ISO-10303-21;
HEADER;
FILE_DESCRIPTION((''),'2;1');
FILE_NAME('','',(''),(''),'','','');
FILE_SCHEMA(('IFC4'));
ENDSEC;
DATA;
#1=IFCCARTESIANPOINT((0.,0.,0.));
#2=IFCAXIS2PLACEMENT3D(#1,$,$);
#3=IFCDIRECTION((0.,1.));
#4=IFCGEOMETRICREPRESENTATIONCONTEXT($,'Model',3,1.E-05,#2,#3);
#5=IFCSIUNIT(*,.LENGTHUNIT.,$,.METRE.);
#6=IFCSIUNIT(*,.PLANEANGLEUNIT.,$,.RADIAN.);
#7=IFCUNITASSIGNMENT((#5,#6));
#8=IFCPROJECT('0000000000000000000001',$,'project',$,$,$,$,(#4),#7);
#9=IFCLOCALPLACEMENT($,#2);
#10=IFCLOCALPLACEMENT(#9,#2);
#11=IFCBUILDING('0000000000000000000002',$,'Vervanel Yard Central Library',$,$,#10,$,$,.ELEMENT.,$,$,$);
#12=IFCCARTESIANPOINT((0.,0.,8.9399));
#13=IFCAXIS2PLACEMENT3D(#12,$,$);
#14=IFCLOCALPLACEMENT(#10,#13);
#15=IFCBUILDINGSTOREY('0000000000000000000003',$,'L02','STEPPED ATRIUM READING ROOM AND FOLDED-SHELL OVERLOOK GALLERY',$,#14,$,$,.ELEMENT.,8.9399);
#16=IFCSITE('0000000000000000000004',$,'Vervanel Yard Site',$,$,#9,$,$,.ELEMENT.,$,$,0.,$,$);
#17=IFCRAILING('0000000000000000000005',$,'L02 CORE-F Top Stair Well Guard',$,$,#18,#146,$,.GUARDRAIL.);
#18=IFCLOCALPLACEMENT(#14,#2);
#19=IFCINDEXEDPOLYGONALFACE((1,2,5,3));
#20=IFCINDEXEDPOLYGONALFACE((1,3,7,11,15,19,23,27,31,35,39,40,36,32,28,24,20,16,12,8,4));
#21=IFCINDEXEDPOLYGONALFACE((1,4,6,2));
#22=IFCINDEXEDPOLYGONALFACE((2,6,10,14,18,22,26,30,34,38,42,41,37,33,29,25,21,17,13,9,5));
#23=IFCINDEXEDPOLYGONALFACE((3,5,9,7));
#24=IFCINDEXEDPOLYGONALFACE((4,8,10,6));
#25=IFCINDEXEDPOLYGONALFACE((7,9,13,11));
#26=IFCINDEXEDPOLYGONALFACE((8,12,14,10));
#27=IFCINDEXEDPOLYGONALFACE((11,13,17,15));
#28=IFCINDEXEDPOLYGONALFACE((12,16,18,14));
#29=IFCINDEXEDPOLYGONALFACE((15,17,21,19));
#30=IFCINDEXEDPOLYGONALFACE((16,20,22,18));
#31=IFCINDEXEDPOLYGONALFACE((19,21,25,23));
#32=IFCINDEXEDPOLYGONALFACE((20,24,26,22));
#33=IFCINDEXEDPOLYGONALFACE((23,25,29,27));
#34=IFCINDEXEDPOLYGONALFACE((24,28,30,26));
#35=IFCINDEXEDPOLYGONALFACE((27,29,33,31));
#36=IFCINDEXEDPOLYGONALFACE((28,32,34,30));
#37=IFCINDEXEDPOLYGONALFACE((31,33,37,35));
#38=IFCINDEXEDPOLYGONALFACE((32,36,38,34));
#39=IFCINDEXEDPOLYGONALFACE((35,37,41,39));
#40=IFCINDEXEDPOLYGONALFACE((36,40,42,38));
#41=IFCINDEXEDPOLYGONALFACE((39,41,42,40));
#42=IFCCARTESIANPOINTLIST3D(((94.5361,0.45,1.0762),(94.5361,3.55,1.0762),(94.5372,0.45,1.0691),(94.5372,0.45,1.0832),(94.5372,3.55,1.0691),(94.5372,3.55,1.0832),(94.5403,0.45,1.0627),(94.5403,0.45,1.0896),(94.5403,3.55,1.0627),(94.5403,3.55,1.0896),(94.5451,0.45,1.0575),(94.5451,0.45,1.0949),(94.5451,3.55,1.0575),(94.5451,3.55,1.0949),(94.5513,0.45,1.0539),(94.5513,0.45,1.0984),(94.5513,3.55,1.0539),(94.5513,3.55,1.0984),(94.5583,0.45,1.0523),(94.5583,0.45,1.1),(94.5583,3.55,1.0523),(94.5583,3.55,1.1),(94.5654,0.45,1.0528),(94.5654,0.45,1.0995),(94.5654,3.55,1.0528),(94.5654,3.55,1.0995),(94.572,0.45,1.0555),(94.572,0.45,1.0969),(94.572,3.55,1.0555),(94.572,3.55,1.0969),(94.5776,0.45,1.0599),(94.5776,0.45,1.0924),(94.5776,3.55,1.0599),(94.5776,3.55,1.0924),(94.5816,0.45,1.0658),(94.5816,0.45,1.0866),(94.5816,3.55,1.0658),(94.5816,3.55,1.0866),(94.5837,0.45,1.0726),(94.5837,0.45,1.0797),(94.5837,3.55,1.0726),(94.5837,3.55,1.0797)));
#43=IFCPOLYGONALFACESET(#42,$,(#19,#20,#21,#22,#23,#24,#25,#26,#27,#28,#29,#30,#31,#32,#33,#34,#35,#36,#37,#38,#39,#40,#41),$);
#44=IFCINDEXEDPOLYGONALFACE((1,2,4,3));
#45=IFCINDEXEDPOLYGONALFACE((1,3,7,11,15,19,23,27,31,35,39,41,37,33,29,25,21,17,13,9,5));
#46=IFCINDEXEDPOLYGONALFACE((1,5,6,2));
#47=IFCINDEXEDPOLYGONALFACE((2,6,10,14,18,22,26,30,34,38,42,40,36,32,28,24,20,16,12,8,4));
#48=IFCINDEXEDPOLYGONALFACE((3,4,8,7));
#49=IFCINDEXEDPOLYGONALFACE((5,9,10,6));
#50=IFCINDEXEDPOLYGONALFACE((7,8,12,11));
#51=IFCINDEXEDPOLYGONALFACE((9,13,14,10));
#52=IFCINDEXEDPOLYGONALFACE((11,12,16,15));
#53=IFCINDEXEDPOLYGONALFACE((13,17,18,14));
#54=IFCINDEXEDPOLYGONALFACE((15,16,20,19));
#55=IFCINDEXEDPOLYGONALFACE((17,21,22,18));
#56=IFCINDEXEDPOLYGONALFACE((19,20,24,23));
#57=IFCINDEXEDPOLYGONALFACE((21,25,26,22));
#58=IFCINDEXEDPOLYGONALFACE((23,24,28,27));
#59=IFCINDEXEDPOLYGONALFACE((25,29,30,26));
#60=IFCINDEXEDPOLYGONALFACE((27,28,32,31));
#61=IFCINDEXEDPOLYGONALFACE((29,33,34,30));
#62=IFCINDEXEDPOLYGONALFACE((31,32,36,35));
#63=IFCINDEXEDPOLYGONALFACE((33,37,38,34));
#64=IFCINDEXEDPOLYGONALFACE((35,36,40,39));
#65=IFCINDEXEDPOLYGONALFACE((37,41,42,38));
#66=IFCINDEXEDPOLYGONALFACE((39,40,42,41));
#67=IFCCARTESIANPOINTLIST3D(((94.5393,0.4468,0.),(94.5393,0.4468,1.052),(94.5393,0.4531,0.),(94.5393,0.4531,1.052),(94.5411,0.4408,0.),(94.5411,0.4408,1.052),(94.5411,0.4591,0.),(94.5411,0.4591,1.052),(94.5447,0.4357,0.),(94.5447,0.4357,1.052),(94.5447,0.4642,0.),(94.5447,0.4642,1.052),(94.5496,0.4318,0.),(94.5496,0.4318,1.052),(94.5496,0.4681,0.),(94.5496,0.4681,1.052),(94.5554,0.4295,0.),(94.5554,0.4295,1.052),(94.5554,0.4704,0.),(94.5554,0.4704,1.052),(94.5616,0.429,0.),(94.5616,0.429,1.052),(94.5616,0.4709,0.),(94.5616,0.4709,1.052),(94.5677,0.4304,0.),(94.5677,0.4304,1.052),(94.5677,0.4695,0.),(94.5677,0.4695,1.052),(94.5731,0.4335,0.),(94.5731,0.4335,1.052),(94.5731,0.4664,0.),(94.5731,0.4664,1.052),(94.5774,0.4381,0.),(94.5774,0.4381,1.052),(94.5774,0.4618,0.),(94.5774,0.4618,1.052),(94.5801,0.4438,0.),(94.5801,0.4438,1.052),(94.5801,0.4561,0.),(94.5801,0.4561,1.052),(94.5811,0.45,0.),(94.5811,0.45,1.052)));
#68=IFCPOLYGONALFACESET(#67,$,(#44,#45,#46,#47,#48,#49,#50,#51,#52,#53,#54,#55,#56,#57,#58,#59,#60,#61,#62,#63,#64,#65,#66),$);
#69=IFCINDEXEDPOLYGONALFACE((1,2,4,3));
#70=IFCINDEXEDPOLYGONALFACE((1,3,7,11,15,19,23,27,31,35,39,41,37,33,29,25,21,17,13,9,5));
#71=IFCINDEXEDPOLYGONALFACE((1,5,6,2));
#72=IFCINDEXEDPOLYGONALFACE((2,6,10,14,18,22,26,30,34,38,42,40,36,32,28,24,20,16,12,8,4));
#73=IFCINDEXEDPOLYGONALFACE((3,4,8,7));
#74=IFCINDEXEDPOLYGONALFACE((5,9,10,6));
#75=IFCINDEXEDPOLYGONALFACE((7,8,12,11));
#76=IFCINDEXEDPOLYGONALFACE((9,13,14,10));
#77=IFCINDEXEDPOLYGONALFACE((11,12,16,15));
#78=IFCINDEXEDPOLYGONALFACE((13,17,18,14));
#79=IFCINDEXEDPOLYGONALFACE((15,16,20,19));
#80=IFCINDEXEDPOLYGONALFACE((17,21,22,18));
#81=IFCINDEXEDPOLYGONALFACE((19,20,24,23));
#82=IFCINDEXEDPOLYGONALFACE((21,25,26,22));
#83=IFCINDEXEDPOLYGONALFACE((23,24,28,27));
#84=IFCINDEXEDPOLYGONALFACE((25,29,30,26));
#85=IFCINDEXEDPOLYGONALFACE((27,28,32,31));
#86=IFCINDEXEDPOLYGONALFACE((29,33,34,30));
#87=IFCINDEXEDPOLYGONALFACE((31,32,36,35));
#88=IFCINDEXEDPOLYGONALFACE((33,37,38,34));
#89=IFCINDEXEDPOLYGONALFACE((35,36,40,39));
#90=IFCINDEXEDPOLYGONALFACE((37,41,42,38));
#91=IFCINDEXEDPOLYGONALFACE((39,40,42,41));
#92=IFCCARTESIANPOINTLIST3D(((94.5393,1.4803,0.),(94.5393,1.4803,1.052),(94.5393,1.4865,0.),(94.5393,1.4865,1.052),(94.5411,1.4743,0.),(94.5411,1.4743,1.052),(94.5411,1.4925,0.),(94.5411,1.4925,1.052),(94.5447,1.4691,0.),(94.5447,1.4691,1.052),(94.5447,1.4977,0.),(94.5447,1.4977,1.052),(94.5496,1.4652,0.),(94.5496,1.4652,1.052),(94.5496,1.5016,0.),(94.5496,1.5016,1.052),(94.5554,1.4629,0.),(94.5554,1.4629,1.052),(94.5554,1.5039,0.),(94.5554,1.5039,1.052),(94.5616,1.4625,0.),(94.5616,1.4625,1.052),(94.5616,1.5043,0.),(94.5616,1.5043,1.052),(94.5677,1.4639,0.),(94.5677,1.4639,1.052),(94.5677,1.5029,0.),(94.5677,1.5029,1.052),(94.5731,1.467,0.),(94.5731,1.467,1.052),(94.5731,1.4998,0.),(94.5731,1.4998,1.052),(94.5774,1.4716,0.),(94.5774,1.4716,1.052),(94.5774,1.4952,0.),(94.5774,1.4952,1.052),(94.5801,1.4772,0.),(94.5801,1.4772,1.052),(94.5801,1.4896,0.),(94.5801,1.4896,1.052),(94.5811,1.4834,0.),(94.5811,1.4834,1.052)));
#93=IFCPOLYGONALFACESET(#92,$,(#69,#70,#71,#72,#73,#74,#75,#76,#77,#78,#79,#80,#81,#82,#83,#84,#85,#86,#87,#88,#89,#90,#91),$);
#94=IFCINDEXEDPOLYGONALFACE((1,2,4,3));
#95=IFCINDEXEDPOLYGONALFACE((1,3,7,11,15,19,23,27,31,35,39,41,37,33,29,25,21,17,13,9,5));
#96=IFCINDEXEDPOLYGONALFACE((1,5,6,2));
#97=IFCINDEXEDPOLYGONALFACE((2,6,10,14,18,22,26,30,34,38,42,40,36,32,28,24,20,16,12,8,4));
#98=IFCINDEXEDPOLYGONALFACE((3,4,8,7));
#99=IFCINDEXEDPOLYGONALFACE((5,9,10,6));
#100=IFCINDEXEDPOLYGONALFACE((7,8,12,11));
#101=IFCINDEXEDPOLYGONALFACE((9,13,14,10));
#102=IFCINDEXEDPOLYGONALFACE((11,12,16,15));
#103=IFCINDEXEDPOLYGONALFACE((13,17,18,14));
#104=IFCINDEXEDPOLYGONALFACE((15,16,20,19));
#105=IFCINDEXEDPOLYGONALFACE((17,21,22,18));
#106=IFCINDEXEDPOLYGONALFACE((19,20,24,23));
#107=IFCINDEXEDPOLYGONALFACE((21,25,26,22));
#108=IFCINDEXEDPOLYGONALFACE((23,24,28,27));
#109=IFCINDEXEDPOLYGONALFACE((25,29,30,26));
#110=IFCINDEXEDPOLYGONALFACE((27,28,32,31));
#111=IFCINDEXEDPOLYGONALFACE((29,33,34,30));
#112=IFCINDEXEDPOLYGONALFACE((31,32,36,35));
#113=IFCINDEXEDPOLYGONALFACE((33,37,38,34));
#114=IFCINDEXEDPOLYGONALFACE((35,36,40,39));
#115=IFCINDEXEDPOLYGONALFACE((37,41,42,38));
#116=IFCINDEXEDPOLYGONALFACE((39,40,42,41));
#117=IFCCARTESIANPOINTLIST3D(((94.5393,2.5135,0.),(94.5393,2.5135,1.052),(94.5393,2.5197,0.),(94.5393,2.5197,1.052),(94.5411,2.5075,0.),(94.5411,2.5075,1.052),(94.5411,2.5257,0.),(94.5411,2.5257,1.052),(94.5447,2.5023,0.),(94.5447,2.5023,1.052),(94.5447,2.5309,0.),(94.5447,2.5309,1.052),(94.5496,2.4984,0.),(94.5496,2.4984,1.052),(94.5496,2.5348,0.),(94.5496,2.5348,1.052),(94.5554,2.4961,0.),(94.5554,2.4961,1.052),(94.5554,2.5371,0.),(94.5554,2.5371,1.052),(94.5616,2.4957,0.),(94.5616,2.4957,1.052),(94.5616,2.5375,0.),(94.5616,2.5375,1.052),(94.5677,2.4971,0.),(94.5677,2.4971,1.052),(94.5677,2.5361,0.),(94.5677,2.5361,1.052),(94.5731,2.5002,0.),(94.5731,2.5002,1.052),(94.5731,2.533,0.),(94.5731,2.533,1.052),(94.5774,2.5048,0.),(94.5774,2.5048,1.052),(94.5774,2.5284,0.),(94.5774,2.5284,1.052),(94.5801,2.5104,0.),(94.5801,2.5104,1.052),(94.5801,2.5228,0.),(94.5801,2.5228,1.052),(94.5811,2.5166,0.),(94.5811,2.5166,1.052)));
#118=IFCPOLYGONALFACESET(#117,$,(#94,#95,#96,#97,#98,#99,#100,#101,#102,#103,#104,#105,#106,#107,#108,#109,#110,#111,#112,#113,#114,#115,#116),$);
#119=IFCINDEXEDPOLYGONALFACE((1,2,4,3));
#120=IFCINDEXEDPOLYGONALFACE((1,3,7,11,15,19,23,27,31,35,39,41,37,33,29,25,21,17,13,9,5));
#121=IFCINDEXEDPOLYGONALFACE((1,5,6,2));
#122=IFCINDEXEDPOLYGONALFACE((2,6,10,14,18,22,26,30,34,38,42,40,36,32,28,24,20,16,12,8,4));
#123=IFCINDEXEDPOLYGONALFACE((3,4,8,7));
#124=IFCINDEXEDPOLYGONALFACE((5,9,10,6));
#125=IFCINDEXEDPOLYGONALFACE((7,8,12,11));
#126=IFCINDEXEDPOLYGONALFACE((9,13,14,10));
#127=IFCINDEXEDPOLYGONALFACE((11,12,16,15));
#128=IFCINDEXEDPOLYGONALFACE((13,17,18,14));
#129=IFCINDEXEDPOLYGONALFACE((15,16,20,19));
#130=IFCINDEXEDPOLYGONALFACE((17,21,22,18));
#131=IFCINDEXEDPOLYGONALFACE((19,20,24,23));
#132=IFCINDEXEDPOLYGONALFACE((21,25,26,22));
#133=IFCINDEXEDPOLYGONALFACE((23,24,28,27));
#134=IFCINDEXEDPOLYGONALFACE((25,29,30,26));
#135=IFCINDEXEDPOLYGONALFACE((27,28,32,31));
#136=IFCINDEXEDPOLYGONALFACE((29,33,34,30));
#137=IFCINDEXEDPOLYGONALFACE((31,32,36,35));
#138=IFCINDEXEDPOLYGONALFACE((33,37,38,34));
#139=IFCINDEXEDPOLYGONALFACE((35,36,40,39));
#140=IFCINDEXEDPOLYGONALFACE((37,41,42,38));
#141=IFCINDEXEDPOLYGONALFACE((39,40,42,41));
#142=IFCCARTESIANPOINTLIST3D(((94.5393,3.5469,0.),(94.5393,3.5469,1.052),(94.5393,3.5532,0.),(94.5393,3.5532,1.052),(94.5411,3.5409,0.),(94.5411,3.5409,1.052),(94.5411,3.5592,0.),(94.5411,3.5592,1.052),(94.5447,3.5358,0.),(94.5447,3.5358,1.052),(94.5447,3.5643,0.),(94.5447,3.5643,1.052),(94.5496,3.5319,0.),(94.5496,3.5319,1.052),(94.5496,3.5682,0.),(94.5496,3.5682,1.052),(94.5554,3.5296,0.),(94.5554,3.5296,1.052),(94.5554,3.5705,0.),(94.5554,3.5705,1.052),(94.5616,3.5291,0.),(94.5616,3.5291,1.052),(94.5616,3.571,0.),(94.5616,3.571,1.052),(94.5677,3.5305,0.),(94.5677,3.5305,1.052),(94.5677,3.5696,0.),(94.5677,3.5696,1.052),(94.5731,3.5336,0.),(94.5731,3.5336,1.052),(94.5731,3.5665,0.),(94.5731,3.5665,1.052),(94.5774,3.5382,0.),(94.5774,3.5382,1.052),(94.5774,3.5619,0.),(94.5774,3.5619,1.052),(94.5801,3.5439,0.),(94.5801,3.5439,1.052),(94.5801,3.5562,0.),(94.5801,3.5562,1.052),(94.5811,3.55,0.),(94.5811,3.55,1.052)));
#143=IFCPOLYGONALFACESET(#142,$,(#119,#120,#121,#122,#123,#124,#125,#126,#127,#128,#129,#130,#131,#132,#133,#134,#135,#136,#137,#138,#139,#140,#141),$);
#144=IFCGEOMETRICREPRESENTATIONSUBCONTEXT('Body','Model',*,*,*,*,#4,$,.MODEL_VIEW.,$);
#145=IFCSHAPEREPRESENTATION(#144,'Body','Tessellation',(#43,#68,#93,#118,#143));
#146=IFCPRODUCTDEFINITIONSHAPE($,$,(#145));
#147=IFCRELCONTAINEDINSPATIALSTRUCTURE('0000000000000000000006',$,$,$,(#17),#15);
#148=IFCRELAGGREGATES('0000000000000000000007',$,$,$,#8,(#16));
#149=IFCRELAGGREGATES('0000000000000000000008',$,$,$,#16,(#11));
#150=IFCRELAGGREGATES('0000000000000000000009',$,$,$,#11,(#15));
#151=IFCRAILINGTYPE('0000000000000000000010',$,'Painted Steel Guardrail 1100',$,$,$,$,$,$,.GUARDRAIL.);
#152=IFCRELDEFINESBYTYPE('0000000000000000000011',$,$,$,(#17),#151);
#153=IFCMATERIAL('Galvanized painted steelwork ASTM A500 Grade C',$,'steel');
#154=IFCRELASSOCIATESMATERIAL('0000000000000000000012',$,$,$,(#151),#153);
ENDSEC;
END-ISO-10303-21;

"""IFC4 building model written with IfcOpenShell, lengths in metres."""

from ifc_helpers import new_model, si_unit, direction, frame, origin, origin_2d, place, context, subcontext, project, spatial, circle, extrude, material, type_object, element, save


model = new_model("IFC4")

# Units and contexts
model_context = context("Model", 3, precision=1e-05, world=origin(), true_north=direction((0.0, 1.0)))
body_context = subcontext(model_context, "Body", "Model", "MODEL_VIEW")
ifc_project = project(units=[si_unit("LENGTHUNIT", "METRE"), si_unit("PLANEANGLEUNIT", "RADIAN")], contexts=[model_context])

# Site, building, storey
site_placement = place(None, origin())
site = spatial("IfcSite", under=ifc_project, at=site_placement, Name="Vervanel Yard Site", CompositionType="ELEMENT", RefElevation=0.0)
building_placement = place(site_placement, origin())
building = spatial("IfcBuilding", under=site, at=building_placement, Name="Vervanel Yard Central Library", CompositionType="ELEMENT")
storey_placement = place(building_placement, frame((0.0, 0.0, 8.9399)))
storey = spatial("IfcBuildingStorey", under=building, at=storey_placement, Name="L02", Description="STEPPED ATRIUM READING ROOM AND FOLDED-SHELL OVERLOOK GALLERY", CompositionType="ELEMENT", Elevation=8.9399)

# Shared definitions
ifc_material_1 = material(Name="Galvanized painted steelwork ASTM A500 Grade C", Category="steel")

# Railing
railing_type = type_object("IfcRailingType", Name="Painted Steel Guardrail 1100", PredefinedType="GUARDRAIL", material=ifc_material_1)
railing_1_placement = place(storey_placement, frame((94.5601, 0.45, 0.0)))
element("IfcRailing", 1, at=railing_1_placement, inside=storey, type_object=railing_type, Name="L02 CORE-F Top Stair Well Guard", PredefinedType="GUARDRAIL", context=body_context, shape_type="SweptSolid", body=[
    extrude(circle(Radius=0.0239, at=origin_2d()), frame((0.0, 0.0, 1.0762), z_axis=(0.0, 1.0, 0.0), x_axis=(-1.0, 0.0, 0.0)), (0.0, 0.0, 1.0), 3.1001),
    extrude(circle(Radius=0.021, at=origin_2d()), origin(), (0.0, 0.0, 1.0), 1.052),
    extrude(circle(Radius=0.021, at=origin_2d()), frame((0.0, 1.0334, 0.0)), (0.0, 0.0, 1.0), 1.052),
    extrude(circle(Radius=0.021, at=origin_2d()), frame((0.0, 2.0667, 0.0)), (0.0, 0.0, 1.0), 1.052),
    extrude(circle(Radius=0.021, at=origin_2d()), frame((0.0, 3.1001, 0.0)), (0.0, 0.0, 1.0), 1.052),
])

save(model, "model.ifc")
